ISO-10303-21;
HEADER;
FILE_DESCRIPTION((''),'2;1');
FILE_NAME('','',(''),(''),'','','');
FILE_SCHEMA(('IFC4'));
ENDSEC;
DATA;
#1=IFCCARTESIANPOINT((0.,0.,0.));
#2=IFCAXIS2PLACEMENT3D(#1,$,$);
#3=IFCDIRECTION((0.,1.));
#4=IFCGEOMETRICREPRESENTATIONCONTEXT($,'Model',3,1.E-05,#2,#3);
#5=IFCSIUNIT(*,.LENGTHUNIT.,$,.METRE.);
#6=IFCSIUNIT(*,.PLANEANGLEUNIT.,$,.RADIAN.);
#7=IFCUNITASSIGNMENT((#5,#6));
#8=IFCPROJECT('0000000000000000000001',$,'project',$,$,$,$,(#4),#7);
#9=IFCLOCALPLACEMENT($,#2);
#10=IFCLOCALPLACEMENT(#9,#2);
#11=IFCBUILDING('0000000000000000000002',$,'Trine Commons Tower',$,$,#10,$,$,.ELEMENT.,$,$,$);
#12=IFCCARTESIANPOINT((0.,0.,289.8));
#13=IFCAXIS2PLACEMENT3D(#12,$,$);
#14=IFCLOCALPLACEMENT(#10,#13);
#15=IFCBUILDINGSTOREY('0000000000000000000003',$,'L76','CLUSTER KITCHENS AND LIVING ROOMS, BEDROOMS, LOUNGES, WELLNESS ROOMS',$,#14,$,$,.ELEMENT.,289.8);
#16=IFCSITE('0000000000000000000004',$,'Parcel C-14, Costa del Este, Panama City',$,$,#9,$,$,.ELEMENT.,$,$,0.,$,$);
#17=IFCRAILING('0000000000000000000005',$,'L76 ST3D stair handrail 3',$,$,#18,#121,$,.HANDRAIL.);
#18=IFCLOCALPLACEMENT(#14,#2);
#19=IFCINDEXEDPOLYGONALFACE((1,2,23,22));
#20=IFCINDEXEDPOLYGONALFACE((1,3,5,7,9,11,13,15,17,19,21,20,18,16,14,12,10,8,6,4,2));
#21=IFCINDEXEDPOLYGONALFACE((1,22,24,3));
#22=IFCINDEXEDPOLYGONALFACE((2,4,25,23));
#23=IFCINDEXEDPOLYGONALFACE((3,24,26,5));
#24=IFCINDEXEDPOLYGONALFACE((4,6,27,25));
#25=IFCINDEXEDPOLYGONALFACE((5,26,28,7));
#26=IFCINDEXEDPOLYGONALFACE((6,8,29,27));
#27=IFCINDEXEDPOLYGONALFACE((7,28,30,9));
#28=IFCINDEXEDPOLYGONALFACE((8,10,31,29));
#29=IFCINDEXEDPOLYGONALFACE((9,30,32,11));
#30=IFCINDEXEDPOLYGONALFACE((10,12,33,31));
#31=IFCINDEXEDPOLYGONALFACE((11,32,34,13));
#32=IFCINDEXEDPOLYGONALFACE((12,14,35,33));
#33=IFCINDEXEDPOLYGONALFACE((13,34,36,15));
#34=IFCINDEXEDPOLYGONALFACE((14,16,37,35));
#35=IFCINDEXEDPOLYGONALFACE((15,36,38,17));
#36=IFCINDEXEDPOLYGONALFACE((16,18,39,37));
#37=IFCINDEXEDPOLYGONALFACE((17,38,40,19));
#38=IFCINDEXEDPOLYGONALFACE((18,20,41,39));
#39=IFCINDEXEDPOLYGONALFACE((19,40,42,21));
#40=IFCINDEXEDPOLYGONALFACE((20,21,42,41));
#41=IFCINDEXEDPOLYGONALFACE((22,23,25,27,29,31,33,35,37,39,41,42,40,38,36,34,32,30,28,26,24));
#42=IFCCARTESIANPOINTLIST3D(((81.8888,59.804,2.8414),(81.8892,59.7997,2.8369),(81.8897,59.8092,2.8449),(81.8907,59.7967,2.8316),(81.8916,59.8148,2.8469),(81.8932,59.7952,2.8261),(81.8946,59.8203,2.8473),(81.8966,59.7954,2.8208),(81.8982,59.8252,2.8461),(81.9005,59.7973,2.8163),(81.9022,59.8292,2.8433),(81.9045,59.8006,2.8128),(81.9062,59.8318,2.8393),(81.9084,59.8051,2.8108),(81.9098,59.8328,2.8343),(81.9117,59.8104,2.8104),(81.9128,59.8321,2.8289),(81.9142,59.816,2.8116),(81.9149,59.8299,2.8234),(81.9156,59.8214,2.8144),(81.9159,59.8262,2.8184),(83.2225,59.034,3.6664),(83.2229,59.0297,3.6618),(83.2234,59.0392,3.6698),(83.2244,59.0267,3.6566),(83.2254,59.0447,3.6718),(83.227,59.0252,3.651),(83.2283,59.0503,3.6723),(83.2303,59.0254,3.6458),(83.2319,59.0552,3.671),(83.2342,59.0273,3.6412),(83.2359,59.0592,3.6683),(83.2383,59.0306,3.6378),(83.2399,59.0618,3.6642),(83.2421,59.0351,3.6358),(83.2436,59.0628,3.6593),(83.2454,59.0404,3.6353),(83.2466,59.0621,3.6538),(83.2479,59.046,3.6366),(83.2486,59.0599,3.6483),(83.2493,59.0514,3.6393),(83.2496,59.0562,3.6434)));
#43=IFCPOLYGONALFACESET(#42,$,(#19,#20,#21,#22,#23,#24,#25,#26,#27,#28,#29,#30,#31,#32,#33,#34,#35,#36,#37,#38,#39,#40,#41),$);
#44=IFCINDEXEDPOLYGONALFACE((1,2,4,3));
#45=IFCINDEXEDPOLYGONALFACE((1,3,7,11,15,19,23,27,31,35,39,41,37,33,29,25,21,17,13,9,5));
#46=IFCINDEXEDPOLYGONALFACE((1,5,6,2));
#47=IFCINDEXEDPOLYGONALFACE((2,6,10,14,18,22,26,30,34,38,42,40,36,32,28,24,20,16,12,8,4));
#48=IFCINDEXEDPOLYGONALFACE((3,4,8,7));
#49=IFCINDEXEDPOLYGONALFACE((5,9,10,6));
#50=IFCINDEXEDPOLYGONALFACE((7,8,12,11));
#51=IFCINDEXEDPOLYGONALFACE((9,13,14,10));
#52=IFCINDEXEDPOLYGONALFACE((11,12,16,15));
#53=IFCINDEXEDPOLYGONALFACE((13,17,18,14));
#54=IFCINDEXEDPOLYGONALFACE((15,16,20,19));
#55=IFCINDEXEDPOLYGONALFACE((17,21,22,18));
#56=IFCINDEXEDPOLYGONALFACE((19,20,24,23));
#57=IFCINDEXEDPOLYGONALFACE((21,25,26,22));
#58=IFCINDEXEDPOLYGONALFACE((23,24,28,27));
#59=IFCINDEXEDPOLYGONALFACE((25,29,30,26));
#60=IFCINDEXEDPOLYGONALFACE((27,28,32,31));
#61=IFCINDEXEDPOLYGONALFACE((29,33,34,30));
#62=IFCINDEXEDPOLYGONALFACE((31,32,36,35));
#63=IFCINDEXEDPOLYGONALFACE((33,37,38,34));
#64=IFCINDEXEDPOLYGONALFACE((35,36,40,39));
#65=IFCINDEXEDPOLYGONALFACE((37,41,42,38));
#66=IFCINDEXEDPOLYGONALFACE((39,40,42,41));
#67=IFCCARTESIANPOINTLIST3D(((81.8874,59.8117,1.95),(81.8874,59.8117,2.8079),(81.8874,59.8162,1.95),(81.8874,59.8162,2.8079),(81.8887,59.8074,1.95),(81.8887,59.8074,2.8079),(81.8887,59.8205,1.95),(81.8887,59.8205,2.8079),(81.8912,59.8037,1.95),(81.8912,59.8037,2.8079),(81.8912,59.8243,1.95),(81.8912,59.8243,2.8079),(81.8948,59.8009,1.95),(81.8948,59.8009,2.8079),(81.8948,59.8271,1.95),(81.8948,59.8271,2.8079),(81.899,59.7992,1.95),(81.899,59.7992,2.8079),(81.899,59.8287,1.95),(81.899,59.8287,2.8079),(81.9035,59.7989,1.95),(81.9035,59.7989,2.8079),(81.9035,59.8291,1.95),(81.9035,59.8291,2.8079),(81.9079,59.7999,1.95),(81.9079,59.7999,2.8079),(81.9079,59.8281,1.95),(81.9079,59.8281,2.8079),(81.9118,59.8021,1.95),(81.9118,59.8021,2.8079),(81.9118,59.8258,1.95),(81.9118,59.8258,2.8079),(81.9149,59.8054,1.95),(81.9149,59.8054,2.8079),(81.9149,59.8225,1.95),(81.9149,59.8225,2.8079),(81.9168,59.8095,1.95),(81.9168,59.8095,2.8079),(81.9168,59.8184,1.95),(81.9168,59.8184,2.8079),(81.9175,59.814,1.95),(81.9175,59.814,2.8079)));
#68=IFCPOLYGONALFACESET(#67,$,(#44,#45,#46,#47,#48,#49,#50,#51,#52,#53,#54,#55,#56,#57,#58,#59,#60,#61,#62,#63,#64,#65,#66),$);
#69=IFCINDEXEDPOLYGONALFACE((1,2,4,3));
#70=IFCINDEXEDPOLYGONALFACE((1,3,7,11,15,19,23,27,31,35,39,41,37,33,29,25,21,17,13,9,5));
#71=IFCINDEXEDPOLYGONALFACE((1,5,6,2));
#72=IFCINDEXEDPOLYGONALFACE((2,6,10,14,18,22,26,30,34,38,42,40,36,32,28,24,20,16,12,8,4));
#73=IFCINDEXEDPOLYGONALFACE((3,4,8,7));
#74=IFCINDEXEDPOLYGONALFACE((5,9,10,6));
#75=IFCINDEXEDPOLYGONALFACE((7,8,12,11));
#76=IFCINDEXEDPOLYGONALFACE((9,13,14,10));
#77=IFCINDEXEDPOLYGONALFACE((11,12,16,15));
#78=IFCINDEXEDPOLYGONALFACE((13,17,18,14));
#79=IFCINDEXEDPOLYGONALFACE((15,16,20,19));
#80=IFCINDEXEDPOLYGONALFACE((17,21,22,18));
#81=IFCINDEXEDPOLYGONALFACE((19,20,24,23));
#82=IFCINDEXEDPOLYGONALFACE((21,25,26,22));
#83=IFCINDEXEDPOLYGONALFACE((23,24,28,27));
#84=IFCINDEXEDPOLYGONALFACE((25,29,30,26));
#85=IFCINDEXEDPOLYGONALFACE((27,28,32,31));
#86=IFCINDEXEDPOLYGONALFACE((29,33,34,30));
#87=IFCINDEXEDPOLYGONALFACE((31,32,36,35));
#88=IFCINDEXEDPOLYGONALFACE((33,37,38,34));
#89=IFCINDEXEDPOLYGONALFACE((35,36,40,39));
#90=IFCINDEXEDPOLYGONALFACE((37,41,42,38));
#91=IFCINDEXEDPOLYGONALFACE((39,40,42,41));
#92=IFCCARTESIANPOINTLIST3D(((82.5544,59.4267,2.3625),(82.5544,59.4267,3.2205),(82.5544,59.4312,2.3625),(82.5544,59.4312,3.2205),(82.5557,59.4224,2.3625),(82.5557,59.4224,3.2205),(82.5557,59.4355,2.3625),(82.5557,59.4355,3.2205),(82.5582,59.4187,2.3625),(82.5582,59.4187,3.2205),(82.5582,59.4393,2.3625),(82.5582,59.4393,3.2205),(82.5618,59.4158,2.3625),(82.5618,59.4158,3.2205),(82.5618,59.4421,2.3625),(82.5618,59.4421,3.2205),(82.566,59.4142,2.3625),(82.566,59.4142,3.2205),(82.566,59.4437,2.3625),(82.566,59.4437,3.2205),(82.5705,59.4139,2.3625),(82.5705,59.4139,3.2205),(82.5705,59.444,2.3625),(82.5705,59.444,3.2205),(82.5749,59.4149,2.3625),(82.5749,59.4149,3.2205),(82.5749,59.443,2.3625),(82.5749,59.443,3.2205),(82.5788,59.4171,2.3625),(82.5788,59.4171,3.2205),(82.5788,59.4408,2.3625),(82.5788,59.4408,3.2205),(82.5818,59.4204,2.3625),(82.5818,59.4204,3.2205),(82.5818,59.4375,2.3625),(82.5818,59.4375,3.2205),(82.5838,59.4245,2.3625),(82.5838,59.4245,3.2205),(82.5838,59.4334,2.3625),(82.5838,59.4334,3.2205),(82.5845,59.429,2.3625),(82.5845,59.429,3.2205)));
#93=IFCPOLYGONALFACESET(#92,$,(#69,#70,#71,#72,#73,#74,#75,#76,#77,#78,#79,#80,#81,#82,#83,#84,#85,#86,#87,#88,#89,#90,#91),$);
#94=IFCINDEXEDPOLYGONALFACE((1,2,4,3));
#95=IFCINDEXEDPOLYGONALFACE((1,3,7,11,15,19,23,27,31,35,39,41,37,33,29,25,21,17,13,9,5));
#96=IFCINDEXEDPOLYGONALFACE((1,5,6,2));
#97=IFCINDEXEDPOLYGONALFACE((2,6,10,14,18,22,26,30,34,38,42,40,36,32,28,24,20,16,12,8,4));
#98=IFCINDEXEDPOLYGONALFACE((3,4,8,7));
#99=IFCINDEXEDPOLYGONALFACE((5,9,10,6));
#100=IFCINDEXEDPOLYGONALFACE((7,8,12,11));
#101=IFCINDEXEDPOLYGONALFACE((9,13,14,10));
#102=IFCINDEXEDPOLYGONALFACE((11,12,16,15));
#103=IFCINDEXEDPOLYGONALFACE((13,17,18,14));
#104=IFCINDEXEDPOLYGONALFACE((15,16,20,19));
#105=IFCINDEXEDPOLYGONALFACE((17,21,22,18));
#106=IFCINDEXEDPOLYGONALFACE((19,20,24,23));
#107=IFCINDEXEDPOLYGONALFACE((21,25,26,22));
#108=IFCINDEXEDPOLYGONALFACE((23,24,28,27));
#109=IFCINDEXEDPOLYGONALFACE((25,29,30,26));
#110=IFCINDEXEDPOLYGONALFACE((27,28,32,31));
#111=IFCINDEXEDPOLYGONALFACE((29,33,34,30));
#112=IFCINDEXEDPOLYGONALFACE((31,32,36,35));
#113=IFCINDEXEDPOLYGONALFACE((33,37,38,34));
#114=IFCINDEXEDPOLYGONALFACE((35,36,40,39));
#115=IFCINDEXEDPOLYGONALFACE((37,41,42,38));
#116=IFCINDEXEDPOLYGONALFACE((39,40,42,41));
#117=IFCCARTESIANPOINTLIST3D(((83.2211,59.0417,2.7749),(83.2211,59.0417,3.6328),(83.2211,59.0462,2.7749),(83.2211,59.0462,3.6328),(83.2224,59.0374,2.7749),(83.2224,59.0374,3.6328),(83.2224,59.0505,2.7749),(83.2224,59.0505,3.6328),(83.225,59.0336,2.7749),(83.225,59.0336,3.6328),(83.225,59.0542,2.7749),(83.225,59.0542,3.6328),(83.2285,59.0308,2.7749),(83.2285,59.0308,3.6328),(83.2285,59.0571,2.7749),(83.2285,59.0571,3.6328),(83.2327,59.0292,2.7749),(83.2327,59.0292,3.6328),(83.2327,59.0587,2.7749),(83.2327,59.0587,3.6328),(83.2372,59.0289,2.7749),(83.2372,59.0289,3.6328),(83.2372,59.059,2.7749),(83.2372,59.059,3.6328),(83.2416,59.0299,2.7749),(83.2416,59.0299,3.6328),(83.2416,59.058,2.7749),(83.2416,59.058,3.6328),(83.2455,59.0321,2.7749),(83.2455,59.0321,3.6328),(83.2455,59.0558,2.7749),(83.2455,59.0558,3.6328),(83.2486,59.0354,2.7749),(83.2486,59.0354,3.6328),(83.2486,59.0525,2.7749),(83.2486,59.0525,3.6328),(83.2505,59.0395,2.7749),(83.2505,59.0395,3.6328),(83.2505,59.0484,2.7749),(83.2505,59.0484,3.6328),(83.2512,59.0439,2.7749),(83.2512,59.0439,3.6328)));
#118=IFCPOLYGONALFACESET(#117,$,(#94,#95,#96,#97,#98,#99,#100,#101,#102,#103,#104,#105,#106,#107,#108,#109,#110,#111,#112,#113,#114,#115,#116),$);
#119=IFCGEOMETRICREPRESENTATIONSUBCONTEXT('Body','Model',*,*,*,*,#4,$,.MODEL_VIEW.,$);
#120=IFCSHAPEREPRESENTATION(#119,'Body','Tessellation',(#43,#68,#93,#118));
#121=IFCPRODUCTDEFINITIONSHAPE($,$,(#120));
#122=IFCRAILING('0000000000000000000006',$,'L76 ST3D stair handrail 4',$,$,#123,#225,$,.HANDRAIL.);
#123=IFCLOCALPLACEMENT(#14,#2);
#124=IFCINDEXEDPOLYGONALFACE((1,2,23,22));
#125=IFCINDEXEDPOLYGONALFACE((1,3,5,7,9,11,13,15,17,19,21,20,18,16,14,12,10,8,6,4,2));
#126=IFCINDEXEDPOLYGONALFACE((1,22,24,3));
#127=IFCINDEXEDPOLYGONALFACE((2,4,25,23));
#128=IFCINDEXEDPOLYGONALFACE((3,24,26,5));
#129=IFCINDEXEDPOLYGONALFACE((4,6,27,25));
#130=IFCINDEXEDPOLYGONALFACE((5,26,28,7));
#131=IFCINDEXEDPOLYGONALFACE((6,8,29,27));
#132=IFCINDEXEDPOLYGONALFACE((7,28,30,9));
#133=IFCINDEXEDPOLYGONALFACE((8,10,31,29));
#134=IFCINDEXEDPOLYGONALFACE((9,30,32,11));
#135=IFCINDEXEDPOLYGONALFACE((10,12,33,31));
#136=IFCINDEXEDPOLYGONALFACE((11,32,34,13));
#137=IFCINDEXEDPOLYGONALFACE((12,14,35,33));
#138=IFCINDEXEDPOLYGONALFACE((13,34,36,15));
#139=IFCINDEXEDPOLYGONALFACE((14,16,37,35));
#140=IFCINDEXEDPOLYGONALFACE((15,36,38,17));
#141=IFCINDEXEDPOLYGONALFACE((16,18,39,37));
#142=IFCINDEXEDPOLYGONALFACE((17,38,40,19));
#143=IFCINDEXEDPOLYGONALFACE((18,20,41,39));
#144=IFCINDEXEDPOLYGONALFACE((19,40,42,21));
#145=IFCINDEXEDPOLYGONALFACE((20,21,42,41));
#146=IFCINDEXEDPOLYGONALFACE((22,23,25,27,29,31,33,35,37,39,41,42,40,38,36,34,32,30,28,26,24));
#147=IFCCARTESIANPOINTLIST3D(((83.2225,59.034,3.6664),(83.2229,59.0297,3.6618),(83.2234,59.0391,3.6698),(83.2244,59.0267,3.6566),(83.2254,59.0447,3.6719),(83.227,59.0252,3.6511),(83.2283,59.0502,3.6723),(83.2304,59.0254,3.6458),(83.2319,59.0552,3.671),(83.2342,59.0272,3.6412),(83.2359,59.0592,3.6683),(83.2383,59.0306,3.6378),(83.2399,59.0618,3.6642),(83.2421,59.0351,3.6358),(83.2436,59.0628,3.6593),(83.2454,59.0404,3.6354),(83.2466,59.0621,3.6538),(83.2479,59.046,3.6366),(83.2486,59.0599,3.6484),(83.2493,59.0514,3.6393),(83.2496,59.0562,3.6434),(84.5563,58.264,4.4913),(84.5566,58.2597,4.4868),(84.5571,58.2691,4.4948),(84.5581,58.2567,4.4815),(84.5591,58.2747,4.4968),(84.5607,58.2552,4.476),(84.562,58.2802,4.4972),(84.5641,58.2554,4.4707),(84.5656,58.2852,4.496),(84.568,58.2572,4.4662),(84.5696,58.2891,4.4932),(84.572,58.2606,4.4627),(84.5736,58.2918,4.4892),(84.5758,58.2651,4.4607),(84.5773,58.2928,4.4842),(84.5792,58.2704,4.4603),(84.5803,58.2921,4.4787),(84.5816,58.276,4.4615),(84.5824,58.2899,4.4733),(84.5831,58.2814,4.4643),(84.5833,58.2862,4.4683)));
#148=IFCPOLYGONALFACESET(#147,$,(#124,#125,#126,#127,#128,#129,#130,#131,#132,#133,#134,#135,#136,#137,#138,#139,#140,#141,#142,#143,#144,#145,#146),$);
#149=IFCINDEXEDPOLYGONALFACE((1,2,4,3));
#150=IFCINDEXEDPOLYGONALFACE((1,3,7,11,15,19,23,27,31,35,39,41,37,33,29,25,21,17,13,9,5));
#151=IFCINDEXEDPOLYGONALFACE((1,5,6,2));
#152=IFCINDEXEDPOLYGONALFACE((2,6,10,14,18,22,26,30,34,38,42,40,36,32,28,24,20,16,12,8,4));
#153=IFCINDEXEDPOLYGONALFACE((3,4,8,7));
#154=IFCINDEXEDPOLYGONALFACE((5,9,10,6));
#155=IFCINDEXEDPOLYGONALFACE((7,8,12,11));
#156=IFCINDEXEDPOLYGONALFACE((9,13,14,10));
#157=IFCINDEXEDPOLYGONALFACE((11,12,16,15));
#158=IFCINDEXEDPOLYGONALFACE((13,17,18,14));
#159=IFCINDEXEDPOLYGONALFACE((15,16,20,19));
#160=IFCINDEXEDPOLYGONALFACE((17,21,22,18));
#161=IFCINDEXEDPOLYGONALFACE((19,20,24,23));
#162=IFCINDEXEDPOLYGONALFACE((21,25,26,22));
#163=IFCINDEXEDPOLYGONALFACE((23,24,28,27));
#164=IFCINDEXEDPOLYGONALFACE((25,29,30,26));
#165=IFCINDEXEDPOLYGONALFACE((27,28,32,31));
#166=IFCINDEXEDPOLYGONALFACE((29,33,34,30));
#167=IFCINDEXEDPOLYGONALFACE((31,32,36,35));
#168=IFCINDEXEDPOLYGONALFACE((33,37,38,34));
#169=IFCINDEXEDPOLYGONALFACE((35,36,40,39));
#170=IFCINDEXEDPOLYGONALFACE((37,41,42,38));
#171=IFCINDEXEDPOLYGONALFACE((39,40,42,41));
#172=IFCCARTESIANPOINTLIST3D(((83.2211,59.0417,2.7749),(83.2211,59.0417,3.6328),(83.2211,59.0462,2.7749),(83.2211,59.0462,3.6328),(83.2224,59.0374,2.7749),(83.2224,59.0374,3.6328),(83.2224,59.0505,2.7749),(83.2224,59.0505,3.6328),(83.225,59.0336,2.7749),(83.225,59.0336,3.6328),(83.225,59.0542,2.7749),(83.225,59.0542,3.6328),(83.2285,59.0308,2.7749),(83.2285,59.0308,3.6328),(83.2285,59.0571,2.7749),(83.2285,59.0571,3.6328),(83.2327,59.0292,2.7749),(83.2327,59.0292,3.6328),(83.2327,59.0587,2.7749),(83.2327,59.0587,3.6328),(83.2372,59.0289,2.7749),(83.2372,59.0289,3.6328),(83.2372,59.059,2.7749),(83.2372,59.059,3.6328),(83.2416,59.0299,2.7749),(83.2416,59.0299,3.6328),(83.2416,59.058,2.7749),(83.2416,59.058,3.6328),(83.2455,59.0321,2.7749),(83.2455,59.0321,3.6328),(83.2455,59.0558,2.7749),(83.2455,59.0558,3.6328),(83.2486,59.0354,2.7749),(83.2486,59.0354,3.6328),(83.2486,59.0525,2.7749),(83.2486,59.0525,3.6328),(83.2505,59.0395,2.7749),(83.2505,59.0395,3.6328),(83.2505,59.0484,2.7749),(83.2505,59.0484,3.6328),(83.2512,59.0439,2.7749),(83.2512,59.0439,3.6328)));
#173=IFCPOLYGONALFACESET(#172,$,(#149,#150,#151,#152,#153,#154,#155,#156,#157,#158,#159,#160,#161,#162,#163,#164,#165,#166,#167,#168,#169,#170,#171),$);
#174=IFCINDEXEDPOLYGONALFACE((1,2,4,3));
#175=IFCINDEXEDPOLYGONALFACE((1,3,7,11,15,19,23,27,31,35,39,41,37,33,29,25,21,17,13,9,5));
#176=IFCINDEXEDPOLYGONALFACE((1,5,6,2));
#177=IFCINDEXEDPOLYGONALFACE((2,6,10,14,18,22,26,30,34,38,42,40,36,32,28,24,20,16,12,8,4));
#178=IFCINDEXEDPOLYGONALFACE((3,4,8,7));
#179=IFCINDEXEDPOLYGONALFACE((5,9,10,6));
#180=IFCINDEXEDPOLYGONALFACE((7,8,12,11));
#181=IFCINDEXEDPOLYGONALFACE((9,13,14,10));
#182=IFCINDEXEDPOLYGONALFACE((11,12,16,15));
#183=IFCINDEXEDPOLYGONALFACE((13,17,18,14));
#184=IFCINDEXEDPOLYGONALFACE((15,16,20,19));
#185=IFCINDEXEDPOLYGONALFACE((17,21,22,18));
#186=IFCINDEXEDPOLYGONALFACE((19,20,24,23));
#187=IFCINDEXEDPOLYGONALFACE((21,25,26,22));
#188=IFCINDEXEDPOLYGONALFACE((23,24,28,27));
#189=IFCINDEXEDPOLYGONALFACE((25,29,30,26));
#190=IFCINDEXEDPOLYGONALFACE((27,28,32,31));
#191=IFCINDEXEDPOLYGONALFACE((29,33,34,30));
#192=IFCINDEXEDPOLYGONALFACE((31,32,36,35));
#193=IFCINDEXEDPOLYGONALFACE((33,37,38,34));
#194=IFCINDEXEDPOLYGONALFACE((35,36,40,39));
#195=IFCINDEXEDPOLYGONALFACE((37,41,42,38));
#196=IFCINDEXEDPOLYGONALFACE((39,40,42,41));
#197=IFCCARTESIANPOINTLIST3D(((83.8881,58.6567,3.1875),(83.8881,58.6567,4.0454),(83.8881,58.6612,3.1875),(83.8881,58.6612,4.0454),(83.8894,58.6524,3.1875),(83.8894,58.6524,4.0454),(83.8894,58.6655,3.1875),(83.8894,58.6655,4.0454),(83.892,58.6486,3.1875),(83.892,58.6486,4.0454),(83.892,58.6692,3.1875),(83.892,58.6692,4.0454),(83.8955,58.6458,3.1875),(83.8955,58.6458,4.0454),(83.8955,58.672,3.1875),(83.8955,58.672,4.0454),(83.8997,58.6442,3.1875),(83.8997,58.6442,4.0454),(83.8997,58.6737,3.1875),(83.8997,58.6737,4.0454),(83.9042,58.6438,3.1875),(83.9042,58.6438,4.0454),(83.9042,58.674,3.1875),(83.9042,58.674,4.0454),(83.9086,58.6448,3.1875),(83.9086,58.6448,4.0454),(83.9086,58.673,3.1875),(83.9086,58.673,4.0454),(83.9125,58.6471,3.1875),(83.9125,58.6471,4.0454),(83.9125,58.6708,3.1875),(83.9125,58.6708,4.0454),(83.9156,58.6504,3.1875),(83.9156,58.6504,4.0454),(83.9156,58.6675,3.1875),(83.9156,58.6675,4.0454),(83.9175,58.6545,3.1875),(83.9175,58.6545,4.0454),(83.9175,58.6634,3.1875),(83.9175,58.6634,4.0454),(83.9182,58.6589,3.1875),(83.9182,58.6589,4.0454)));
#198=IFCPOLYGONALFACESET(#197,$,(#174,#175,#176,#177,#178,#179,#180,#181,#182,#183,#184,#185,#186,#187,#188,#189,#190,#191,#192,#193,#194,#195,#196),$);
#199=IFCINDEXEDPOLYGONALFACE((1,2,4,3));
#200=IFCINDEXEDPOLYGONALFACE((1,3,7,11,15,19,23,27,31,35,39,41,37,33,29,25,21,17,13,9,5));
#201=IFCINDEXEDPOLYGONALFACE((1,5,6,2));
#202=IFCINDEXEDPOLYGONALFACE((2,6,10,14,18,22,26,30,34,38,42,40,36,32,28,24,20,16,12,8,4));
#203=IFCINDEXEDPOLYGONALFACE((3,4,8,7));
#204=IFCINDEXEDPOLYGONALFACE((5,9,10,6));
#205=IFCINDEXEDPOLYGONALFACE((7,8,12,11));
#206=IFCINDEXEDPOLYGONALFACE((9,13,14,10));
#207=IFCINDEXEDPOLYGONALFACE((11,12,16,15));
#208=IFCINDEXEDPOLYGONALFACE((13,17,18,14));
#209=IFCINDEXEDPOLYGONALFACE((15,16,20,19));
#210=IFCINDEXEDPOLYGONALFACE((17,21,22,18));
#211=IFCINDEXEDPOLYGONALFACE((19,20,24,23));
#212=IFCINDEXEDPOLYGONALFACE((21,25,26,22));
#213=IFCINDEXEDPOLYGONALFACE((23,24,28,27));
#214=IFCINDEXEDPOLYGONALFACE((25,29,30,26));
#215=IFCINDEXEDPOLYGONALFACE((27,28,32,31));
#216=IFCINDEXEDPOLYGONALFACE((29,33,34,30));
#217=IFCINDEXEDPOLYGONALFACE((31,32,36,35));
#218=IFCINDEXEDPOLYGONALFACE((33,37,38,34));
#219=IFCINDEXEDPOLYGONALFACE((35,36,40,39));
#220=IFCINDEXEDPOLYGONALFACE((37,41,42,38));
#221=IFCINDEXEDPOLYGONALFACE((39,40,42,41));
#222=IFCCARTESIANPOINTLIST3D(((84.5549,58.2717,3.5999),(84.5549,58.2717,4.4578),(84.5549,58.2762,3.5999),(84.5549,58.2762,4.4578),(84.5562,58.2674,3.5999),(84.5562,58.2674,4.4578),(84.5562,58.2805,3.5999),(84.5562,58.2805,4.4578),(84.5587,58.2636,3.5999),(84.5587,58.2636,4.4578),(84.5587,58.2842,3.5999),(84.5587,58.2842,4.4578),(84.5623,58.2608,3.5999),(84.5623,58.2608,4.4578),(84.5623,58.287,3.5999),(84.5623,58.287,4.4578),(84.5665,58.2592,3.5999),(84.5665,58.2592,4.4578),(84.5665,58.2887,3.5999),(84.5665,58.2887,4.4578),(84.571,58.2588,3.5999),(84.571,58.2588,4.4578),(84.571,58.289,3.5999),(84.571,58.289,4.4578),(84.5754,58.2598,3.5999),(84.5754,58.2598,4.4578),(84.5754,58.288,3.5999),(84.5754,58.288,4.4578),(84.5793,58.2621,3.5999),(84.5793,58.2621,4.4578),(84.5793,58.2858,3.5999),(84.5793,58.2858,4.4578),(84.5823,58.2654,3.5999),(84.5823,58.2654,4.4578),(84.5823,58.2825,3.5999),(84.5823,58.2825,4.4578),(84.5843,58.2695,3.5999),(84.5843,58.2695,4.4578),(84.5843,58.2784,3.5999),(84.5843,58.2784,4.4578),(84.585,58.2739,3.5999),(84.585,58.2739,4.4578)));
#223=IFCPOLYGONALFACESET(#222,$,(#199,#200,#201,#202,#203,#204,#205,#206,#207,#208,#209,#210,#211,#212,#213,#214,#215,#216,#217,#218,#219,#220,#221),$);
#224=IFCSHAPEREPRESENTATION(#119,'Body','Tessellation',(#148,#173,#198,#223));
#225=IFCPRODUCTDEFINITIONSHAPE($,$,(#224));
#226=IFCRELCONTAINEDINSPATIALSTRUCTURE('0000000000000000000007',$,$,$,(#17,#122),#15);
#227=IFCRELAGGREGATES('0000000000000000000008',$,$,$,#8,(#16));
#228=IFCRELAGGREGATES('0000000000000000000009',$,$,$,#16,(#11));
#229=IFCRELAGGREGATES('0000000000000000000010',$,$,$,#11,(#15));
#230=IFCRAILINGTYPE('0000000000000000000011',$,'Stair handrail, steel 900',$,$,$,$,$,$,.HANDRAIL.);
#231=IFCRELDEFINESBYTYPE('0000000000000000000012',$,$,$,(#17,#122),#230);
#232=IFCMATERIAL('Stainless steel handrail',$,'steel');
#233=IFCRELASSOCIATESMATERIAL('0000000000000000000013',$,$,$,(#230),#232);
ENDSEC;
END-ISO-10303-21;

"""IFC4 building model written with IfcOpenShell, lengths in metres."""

from ifc_helpers import new_model, si_unit, direction, frame, origin, origin_2d, place, context, subcontext, project, spatial, circle, extrude, material, type_object, element, save


model = new_model("IFC4")

# Units and contexts
model_context = context("Model", 3, precision=1e-05, world=origin(), true_north=direction((0.0, 1.0)))
body_context = subcontext(model_context, "Body", "Model", "MODEL_VIEW")
ifc_project = project(units=[si_unit("LENGTHUNIT", "METRE"), si_unit("PLANEANGLEUNIT", "RADIAN")], contexts=[model_context])

# Site, building, storey
site_placement = place(None, origin())
site = spatial("IfcSite", under=ifc_project, at=site_placement, Name="Parcel C-14, Costa del Este, Panama City", CompositionType="ELEMENT", RefElevation=0.0)
building_placement = place(site_placement, origin())
building = spatial("IfcBuilding", under=site, at=building_placement, Name="Trine Commons Tower", CompositionType="ELEMENT")
storey_placement = place(building_placement, frame((0.0, 0.0, 289.8)))
storey = spatial("IfcBuildingStorey", under=building, at=storey_placement, Name="L76", Description="CLUSTER KITCHENS AND LIVING ROOMS, BEDROOMS, LOUNGES, WELLNESS ROOMS", CompositionType="ELEMENT", Elevation=289.8)

# Railings
ifc_material_1 = material(Name="Stainless steel handrail", Category="steel")
railing_type_1 = type_object("IfcRailingType", Name="Stair handrail, steel 900", PredefinedType="HANDRAIL", material=ifc_material_1)
for number, where, name in (
    (1, (81.9023, 59.814, 1.95), "L76 ST3D stair handrail 3"),
    (2, (83.2361, 59.0439, 2.7749), "L76 ST3D stair handrail 4"),
):
    element("IfcRailing", number, at=place(storey_placement, frame(where)), inside=storey, type_object=railing_type_1, Name=name, PredefinedType="HANDRAIL", context=body_context, shape_type="SweptSolid", body=[
        extrude(circle(Radius=0.021, at=origin_2d()), frame((0.0, 0.0, 0.8789), z_axis=(0.763405, -0.440743, 0.472185), x_axis=(0.499992, 0.86603, 0.0)), (0.0, 0.0, 1.0), 1.7471),
        extrude(circle(Radius=0.0151, at=origin_2d()), origin(), (0.0, 0.0, 1.0), 0.8579),
        extrude(circle(Radius=0.0151, at=origin_2d()), frame((0.667, -0.385, 0.4126)), (0.0, 0.0, 1.0), 0.8579),
        extrude(circle(Radius=0.0151, at=origin_2d()), frame((1.3337, -0.77, 0.825)), (0.0, 0.0, 1.0), 0.8579),
    ])

save(model, "model.ifc")
